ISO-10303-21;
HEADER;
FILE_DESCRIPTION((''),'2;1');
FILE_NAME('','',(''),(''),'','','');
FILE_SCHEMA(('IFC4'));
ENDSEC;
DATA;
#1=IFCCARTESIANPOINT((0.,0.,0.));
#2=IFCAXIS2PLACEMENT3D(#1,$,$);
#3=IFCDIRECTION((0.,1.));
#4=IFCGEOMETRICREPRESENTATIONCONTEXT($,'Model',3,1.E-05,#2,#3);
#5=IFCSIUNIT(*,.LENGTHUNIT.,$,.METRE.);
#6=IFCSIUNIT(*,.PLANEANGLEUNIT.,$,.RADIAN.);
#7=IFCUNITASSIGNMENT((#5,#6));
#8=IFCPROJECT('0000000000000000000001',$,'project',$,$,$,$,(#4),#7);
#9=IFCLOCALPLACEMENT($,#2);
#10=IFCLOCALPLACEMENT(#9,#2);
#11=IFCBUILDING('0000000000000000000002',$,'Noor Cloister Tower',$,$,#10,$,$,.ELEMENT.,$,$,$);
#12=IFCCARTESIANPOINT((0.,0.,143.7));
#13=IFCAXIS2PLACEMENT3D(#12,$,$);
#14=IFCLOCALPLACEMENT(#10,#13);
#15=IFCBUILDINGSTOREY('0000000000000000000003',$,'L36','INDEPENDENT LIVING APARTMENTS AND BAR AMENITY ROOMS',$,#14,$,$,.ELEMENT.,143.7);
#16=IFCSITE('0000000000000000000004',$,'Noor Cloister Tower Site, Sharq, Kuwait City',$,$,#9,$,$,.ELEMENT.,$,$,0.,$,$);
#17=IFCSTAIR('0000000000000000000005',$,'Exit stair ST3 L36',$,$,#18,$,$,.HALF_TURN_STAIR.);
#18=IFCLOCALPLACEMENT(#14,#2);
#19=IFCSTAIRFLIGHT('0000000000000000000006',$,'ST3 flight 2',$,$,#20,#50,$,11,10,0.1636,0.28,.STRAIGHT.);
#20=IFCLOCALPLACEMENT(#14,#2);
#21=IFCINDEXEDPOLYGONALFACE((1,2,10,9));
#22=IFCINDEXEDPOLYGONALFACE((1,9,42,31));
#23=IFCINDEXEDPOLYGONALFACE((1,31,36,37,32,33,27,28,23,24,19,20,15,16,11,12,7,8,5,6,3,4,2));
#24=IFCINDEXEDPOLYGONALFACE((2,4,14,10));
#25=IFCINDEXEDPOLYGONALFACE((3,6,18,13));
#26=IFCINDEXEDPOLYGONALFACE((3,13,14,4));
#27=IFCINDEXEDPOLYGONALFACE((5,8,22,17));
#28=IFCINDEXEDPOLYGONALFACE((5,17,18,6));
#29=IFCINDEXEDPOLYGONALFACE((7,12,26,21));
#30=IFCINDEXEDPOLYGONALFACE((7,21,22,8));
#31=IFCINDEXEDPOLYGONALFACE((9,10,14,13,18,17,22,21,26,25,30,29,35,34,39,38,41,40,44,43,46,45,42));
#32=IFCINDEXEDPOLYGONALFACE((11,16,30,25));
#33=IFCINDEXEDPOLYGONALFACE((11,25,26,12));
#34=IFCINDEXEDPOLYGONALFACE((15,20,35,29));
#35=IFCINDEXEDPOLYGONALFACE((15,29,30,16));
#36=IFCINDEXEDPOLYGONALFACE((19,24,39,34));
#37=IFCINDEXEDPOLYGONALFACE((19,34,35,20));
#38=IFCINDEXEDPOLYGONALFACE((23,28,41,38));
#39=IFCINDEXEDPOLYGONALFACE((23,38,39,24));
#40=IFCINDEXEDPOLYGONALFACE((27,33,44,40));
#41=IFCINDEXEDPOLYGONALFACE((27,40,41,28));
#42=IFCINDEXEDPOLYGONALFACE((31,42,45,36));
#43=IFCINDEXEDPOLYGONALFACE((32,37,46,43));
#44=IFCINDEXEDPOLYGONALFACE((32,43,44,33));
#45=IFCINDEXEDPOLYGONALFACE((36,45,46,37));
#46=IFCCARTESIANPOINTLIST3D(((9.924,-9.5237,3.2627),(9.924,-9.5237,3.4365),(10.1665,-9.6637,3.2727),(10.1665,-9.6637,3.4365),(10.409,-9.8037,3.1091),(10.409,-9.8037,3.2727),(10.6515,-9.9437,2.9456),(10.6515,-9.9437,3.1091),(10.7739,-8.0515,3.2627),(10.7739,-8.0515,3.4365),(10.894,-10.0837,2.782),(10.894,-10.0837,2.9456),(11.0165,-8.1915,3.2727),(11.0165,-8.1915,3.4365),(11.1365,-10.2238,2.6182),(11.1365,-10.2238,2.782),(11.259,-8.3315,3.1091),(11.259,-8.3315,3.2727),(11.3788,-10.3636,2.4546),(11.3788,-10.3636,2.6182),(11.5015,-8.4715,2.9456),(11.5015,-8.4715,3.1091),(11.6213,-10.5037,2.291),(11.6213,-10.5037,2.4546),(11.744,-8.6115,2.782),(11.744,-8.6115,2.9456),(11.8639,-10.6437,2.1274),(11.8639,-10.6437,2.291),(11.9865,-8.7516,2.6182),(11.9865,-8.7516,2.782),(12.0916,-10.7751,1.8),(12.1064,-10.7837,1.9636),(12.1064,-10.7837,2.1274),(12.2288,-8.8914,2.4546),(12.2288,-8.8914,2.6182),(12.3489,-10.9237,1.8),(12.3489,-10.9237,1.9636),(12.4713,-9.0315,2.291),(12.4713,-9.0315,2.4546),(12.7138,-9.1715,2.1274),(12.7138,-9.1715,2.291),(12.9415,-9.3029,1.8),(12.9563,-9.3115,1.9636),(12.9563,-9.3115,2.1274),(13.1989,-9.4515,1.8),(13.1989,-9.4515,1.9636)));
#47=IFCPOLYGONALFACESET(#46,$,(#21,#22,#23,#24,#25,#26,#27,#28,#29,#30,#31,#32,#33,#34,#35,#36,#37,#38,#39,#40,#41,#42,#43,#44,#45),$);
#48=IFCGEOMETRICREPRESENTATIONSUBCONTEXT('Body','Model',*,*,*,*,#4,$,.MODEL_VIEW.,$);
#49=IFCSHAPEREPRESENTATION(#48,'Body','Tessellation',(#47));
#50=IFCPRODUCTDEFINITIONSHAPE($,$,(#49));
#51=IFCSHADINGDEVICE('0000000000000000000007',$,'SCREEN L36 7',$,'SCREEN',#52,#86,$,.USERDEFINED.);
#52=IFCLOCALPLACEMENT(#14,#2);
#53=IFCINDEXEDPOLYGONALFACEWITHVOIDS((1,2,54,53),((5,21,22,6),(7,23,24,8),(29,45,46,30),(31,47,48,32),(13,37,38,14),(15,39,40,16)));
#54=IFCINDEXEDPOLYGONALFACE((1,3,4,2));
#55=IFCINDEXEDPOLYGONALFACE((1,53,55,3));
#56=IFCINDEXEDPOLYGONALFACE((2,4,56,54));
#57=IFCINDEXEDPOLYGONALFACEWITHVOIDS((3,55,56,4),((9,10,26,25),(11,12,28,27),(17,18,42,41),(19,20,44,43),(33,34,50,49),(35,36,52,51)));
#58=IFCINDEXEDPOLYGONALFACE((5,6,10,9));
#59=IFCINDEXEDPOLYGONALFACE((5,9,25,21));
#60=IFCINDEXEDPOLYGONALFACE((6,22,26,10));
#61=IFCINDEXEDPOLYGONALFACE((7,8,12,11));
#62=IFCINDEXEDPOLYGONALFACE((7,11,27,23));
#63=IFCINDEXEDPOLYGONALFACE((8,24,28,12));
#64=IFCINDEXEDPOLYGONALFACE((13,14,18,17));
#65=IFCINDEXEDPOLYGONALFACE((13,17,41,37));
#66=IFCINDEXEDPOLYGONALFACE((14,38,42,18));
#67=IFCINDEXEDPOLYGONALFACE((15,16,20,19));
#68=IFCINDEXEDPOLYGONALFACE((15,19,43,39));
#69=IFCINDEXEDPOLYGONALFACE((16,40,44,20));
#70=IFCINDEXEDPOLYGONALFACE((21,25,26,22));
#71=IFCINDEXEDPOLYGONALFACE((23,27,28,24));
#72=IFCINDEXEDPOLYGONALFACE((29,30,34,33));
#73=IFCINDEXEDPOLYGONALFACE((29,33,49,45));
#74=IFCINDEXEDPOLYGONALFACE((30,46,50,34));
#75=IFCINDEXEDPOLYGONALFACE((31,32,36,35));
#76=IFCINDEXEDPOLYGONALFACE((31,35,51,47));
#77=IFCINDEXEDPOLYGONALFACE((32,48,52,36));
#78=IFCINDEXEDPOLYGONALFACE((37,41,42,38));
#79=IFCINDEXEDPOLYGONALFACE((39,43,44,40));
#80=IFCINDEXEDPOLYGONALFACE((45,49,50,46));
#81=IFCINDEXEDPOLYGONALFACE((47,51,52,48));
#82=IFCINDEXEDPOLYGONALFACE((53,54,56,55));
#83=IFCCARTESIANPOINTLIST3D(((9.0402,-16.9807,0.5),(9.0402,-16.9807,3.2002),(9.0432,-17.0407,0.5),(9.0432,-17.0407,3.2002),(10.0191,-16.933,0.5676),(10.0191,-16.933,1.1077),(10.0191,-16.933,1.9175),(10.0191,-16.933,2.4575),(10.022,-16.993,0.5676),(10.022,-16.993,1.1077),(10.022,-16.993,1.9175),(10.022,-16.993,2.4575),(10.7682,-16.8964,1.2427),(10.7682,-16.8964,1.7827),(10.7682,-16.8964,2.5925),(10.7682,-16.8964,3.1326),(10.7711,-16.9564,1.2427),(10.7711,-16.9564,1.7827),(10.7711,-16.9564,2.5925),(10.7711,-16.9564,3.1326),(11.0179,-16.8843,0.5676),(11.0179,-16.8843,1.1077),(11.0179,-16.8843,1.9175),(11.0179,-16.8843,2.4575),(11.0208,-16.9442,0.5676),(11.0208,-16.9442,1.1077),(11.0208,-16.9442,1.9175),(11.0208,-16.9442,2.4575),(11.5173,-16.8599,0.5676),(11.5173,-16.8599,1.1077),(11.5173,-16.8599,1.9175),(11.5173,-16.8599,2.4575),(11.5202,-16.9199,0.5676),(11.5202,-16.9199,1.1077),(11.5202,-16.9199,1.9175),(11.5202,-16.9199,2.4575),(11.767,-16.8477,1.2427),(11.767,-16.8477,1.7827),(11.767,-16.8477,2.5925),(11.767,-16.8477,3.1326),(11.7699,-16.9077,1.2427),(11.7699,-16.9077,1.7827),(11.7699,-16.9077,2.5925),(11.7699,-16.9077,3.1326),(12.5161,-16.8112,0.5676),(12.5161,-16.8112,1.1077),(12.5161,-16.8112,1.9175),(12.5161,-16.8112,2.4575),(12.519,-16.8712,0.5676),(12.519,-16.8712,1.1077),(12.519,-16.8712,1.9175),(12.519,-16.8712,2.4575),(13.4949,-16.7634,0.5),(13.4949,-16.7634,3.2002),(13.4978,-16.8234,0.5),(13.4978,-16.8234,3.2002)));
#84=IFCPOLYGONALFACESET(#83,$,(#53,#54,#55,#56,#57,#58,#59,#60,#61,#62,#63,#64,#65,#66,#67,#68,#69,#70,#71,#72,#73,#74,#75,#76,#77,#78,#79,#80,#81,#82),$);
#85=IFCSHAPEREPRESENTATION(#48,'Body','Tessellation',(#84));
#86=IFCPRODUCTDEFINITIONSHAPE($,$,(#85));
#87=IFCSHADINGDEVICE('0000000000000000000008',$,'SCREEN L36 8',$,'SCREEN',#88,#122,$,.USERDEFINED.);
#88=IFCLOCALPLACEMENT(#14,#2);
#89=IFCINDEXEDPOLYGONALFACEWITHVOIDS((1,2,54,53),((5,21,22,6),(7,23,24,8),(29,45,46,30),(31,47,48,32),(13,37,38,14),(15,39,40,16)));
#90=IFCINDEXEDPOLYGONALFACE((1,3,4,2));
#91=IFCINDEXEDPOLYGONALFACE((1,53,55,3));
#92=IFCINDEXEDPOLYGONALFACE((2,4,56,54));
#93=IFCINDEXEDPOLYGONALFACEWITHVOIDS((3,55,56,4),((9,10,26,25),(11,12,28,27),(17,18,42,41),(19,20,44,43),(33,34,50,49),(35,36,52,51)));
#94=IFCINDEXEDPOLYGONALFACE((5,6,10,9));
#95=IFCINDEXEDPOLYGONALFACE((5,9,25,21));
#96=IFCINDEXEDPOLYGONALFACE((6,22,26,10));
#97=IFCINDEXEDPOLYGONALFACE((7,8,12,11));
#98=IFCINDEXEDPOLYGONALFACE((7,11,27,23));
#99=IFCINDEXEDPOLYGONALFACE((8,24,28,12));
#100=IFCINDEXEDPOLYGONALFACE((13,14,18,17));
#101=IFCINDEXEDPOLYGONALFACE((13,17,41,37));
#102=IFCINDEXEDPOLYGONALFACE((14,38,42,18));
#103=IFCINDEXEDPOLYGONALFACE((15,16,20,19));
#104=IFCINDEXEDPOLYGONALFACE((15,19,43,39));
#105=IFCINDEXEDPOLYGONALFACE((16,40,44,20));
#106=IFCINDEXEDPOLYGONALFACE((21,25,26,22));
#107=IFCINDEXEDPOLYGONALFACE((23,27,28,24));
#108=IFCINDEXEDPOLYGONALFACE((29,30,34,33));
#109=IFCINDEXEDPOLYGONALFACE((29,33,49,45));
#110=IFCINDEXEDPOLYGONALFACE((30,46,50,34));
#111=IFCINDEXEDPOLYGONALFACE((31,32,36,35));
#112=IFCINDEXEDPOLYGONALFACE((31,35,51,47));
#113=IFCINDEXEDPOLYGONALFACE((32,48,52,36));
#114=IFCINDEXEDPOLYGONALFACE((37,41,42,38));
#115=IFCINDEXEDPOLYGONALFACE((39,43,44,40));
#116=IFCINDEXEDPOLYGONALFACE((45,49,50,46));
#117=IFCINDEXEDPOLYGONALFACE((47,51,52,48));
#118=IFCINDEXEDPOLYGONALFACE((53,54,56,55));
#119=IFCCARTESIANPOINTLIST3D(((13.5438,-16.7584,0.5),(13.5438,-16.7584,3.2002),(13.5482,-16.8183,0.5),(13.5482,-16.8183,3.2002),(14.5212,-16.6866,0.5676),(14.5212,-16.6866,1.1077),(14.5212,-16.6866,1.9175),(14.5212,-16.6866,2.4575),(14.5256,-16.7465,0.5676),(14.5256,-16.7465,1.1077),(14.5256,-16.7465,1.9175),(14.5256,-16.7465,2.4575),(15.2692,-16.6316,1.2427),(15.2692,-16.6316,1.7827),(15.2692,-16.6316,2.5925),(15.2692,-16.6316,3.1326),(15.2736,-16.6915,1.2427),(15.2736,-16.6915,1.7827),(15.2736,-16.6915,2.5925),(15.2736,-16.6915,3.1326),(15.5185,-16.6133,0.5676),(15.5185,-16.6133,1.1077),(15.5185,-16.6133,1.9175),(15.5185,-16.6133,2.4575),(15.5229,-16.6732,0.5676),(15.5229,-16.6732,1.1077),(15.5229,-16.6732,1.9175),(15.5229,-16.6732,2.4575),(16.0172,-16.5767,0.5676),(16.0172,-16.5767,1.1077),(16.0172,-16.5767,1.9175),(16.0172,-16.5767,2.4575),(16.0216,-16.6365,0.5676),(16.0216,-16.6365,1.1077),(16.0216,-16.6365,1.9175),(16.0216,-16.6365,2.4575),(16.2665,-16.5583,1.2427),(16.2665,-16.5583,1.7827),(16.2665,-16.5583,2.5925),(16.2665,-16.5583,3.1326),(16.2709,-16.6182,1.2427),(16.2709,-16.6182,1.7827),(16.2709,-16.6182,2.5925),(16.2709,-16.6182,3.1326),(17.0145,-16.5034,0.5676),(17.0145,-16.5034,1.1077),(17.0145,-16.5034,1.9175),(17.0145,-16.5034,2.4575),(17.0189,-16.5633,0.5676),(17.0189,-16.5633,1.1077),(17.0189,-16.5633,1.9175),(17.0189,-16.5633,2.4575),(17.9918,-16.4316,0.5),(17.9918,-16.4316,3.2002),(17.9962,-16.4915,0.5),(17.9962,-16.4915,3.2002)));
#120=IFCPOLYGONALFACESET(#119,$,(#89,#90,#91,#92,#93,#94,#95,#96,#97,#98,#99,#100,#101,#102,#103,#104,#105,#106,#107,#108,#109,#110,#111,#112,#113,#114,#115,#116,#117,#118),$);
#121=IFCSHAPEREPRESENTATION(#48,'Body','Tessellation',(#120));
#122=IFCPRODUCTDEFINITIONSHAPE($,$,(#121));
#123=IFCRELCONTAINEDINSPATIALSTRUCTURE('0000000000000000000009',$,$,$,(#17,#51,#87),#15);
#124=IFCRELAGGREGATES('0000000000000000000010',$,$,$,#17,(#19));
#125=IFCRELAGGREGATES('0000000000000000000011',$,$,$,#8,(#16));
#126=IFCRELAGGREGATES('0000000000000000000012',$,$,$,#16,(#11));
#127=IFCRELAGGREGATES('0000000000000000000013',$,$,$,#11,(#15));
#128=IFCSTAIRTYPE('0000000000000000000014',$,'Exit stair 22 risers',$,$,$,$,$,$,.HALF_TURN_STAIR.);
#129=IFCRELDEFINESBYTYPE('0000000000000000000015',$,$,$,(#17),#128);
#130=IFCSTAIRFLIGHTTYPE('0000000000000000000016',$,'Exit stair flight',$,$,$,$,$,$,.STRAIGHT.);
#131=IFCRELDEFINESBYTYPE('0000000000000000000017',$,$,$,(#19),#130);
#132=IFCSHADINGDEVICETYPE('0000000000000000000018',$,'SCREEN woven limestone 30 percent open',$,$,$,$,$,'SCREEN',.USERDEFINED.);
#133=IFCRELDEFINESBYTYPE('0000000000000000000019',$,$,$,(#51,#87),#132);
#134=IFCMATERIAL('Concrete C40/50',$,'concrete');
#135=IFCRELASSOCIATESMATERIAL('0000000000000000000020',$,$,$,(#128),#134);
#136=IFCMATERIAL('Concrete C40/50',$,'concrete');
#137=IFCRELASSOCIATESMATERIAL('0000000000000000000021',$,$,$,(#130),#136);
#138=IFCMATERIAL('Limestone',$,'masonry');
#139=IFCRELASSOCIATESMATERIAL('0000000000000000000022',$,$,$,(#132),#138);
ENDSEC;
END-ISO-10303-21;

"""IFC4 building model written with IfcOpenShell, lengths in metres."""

from ifc_helpers import new_model, si_unit, direction, frame, origin, place, context, subcontext, project, spatial, polyline, outline, extrude, material, material_profile, profile_set, type_object, element, aggregate, save


model = new_model("IFC4")

# Units and contexts
model_context = context("Model", 3, precision=1e-05, world=origin(), true_north=direction((0.0, 1.0)))
body_context = subcontext(model_context, "Body", "Model", "MODEL_VIEW")
ifc_project = project(units=[si_unit("LENGTHUNIT", "METRE"), si_unit("PLANEANGLEUNIT", "RADIAN")], contexts=[model_context])

# Site, building, storey
site_placement = place(None, origin())
site = spatial("IfcSite", under=ifc_project, at=site_placement, Name="Noor Cloister Tower Site, Sharq, Kuwait City", CompositionType="ELEMENT", RefElevation=0.0)
building_placement = place(site_placement, origin())
building = spatial("IfcBuilding", under=site, at=building_placement, Name="Noor Cloister Tower", CompositionType="ELEMENT")
storey_placement = place(building_placement, frame((0.0, 0.0, 143.7)))
storey = spatial("IfcBuildingStorey", under=building, at=storey_placement, Name="L36", Description="INDEPENDENT LIVING APARTMENTS AND BAR AMENITY ROOMS", CompositionType="ELEMENT", Elevation=143.7)

# Stair, stair flight
ifc_material_1 = material(Name="Concrete C40/50", Category="concrete")
stair_type = type_object("IfcStairType", Name="Exit stair 22 risers", PredefinedType="HALF_TURN_STAIR", material=ifc_material_1)
stair_placement = place(storey_placement, origin())
stair = element("IfcStair", 1, at=stair_placement, inside=storey, type_object=stair_type, Name="Exit stair ST3 L36", PredefinedType="HALF_TURN_STAIR")
ifc_material_2 = material(Name="Concrete C40/50", Category="concrete")
stair_flight_type = type_object("IfcStairFlightType", Name="Exit stair flight", PredefinedType="STRAIGHT", material=ifc_material_2)
stair_flight_1_placement = place(storey_placement, frame((12.7739, -10.1875, 1.8), z_axis=(0.0, 0.0, 1.0), x_axis=(-0.866025, 0.5, 0.0)))
stair_flight_1 = element("IfcStairFlight", 2, at=stair_flight_1_placement, type_object=stair_flight_type, Name="ST3 flight 2", NumberOfRisers=11, NumberOfTreads=10, PredefinedType="STRAIGHT", RiserHeight=0.1636, TreadLength=0.28, context=body_context, shape_type="SweptSolid", body=[
    extrude(outline(polyline([(0.0, 0.0), (0.0, 0.1636), (0.28, 0.1636), (0.28, 0.3274), (0.5601, 0.3274), (0.5601, 0.491), (0.8401, 0.491), (0.8401, 0.6545), (1.1201, 0.6545), (1.1201, 0.8181), (1.3999, 0.8181), (1.3999, 0.9819), (1.6799, 0.9819), (1.6799, 1.1455), (1.96, 1.1455), (1.96, 1.3091), (2.24, 1.3091), (2.24, 1.4727), (2.52, 1.4727), (2.52, 1.6365), (2.8, 1.6365), (2.8, 1.8), (2.8, 1.4626), (0.2971, 0.0), (0.0, 0.0)])), frame((0.0, 0.8501, 0.0), z_axis=(0.0, -1.0, 0.0), x_axis=(1.0, 0.0, 0.0)), (0.0, 0.0, 1.0), 1.7),
])
aggregate(stair, [stair_flight_1])

# Shading devices
ifc_material_3 = material(Name="Limestone", Category="masonry")
ifc_material_profile_1 = material_profile(ifc_material_3, outline(polyline([(-2.23, -1.3501), (2.23, -1.3501), (2.23, 1.3501), (-2.23, 1.3501), (-2.23, -1.3501)]), holes=[polyline([(-1.25, -1.2825), (-0.25, -1.2825), (-0.25, -0.7424), (-1.25, -0.7424), (-1.25, -1.2825)]), polyline([(0.25, -1.2825), (1.25, -1.2825), (1.25, -0.7424), (0.25, -0.7424), (0.25, -1.2825)]), polyline([(-0.5, -0.6074), (0.5, -0.6074), (0.5, -0.0674), (-0.5, -0.0674), (-0.5, -0.6074)]), polyline([(-1.25, 0.0674), (-0.25, 0.0674), (-0.25, 0.6074), (-1.25, 0.6074), (-1.25, 0.0674)]), polyline([(0.25, 0.0674), (1.25, 0.0674), (1.25, 0.6074), (0.25, 0.6074), (0.25, 0.0674)]), polyline([(-0.5, 0.7424), (0.5, 0.7424), (0.5, 1.2825), (-0.5, 1.2825), (-0.5, 0.7424)])]), Name="Woven screen 30 percent open")
ifc_profile_set_1 = profile_set([ifc_material_profile_1], Name="Limestone")
shading_device_type = type_object("IfcShadingDeviceType", Name="SCREEN woven limestone 30 percent open", ElementType="SCREEN", PredefinedType="USERDEFINED", material=ifc_profile_set_1)
for number, where, z_axis, x_axis, name in (
    (3, (11.2676, -16.8721, 1.8501), (0.048723, -0.998812, 0.0), (0.998812, 0.048723, 0.0), "SCREEN L36 7"),
    (4, (15.7678, -16.595, 1.8501), (0.073272, -0.997312, 0.0), (0.997312, 0.073272, 0.0), "SCREEN L36 8"),
):
    element("IfcShadingDevice", number, at=place(storey_placement, frame(where, z_axis=z_axis, x_axis=x_axis)), inside=storey, type_object=shading_device_type, Name=name, ObjectType="SCREEN", PredefinedType="USERDEFINED", context=body_context, shape_type="SweptSolid", body=[
        extrude(outline(polyline([(-2.23, -1.3501), (2.23, -1.3501), (2.23, 1.3501), (-2.23, 1.3501), (-2.23, -1.3501)]), holes=[polyline([(-1.25, -1.2825), (-0.25, -1.2825), (-0.25, -0.7424), (-1.25, -0.7424), (-1.25, -1.2825)]), polyline([(0.25, -1.2825), (1.25, -1.2825), (1.25, -0.7424), (0.25, -0.7424), (0.25, -1.2825)]), polyline([(-0.5, -0.6074), (0.5, -0.6074), (0.5, -0.0674), (-0.5, -0.0674), (-0.5, -0.6074)]), polyline([(-1.25, 0.0674), (-0.25, 0.0674), (-0.25, 0.6074), (-1.25, 0.6074), (-1.25, 0.0674)]), polyline([(0.25, 0.0674), (1.25, 0.0674), (1.25, 0.6074), (0.25, 0.6074), (0.25, 0.0674)]), polyline([(-0.5, 0.7424), (0.5, 0.7424), (0.5, 1.2825), (-0.5, 1.2825), (-0.5, 0.7424)])]), origin(), (0.0, 0.0, 1.0), 0.0601),
    ])

save(model, "model.ifc")
